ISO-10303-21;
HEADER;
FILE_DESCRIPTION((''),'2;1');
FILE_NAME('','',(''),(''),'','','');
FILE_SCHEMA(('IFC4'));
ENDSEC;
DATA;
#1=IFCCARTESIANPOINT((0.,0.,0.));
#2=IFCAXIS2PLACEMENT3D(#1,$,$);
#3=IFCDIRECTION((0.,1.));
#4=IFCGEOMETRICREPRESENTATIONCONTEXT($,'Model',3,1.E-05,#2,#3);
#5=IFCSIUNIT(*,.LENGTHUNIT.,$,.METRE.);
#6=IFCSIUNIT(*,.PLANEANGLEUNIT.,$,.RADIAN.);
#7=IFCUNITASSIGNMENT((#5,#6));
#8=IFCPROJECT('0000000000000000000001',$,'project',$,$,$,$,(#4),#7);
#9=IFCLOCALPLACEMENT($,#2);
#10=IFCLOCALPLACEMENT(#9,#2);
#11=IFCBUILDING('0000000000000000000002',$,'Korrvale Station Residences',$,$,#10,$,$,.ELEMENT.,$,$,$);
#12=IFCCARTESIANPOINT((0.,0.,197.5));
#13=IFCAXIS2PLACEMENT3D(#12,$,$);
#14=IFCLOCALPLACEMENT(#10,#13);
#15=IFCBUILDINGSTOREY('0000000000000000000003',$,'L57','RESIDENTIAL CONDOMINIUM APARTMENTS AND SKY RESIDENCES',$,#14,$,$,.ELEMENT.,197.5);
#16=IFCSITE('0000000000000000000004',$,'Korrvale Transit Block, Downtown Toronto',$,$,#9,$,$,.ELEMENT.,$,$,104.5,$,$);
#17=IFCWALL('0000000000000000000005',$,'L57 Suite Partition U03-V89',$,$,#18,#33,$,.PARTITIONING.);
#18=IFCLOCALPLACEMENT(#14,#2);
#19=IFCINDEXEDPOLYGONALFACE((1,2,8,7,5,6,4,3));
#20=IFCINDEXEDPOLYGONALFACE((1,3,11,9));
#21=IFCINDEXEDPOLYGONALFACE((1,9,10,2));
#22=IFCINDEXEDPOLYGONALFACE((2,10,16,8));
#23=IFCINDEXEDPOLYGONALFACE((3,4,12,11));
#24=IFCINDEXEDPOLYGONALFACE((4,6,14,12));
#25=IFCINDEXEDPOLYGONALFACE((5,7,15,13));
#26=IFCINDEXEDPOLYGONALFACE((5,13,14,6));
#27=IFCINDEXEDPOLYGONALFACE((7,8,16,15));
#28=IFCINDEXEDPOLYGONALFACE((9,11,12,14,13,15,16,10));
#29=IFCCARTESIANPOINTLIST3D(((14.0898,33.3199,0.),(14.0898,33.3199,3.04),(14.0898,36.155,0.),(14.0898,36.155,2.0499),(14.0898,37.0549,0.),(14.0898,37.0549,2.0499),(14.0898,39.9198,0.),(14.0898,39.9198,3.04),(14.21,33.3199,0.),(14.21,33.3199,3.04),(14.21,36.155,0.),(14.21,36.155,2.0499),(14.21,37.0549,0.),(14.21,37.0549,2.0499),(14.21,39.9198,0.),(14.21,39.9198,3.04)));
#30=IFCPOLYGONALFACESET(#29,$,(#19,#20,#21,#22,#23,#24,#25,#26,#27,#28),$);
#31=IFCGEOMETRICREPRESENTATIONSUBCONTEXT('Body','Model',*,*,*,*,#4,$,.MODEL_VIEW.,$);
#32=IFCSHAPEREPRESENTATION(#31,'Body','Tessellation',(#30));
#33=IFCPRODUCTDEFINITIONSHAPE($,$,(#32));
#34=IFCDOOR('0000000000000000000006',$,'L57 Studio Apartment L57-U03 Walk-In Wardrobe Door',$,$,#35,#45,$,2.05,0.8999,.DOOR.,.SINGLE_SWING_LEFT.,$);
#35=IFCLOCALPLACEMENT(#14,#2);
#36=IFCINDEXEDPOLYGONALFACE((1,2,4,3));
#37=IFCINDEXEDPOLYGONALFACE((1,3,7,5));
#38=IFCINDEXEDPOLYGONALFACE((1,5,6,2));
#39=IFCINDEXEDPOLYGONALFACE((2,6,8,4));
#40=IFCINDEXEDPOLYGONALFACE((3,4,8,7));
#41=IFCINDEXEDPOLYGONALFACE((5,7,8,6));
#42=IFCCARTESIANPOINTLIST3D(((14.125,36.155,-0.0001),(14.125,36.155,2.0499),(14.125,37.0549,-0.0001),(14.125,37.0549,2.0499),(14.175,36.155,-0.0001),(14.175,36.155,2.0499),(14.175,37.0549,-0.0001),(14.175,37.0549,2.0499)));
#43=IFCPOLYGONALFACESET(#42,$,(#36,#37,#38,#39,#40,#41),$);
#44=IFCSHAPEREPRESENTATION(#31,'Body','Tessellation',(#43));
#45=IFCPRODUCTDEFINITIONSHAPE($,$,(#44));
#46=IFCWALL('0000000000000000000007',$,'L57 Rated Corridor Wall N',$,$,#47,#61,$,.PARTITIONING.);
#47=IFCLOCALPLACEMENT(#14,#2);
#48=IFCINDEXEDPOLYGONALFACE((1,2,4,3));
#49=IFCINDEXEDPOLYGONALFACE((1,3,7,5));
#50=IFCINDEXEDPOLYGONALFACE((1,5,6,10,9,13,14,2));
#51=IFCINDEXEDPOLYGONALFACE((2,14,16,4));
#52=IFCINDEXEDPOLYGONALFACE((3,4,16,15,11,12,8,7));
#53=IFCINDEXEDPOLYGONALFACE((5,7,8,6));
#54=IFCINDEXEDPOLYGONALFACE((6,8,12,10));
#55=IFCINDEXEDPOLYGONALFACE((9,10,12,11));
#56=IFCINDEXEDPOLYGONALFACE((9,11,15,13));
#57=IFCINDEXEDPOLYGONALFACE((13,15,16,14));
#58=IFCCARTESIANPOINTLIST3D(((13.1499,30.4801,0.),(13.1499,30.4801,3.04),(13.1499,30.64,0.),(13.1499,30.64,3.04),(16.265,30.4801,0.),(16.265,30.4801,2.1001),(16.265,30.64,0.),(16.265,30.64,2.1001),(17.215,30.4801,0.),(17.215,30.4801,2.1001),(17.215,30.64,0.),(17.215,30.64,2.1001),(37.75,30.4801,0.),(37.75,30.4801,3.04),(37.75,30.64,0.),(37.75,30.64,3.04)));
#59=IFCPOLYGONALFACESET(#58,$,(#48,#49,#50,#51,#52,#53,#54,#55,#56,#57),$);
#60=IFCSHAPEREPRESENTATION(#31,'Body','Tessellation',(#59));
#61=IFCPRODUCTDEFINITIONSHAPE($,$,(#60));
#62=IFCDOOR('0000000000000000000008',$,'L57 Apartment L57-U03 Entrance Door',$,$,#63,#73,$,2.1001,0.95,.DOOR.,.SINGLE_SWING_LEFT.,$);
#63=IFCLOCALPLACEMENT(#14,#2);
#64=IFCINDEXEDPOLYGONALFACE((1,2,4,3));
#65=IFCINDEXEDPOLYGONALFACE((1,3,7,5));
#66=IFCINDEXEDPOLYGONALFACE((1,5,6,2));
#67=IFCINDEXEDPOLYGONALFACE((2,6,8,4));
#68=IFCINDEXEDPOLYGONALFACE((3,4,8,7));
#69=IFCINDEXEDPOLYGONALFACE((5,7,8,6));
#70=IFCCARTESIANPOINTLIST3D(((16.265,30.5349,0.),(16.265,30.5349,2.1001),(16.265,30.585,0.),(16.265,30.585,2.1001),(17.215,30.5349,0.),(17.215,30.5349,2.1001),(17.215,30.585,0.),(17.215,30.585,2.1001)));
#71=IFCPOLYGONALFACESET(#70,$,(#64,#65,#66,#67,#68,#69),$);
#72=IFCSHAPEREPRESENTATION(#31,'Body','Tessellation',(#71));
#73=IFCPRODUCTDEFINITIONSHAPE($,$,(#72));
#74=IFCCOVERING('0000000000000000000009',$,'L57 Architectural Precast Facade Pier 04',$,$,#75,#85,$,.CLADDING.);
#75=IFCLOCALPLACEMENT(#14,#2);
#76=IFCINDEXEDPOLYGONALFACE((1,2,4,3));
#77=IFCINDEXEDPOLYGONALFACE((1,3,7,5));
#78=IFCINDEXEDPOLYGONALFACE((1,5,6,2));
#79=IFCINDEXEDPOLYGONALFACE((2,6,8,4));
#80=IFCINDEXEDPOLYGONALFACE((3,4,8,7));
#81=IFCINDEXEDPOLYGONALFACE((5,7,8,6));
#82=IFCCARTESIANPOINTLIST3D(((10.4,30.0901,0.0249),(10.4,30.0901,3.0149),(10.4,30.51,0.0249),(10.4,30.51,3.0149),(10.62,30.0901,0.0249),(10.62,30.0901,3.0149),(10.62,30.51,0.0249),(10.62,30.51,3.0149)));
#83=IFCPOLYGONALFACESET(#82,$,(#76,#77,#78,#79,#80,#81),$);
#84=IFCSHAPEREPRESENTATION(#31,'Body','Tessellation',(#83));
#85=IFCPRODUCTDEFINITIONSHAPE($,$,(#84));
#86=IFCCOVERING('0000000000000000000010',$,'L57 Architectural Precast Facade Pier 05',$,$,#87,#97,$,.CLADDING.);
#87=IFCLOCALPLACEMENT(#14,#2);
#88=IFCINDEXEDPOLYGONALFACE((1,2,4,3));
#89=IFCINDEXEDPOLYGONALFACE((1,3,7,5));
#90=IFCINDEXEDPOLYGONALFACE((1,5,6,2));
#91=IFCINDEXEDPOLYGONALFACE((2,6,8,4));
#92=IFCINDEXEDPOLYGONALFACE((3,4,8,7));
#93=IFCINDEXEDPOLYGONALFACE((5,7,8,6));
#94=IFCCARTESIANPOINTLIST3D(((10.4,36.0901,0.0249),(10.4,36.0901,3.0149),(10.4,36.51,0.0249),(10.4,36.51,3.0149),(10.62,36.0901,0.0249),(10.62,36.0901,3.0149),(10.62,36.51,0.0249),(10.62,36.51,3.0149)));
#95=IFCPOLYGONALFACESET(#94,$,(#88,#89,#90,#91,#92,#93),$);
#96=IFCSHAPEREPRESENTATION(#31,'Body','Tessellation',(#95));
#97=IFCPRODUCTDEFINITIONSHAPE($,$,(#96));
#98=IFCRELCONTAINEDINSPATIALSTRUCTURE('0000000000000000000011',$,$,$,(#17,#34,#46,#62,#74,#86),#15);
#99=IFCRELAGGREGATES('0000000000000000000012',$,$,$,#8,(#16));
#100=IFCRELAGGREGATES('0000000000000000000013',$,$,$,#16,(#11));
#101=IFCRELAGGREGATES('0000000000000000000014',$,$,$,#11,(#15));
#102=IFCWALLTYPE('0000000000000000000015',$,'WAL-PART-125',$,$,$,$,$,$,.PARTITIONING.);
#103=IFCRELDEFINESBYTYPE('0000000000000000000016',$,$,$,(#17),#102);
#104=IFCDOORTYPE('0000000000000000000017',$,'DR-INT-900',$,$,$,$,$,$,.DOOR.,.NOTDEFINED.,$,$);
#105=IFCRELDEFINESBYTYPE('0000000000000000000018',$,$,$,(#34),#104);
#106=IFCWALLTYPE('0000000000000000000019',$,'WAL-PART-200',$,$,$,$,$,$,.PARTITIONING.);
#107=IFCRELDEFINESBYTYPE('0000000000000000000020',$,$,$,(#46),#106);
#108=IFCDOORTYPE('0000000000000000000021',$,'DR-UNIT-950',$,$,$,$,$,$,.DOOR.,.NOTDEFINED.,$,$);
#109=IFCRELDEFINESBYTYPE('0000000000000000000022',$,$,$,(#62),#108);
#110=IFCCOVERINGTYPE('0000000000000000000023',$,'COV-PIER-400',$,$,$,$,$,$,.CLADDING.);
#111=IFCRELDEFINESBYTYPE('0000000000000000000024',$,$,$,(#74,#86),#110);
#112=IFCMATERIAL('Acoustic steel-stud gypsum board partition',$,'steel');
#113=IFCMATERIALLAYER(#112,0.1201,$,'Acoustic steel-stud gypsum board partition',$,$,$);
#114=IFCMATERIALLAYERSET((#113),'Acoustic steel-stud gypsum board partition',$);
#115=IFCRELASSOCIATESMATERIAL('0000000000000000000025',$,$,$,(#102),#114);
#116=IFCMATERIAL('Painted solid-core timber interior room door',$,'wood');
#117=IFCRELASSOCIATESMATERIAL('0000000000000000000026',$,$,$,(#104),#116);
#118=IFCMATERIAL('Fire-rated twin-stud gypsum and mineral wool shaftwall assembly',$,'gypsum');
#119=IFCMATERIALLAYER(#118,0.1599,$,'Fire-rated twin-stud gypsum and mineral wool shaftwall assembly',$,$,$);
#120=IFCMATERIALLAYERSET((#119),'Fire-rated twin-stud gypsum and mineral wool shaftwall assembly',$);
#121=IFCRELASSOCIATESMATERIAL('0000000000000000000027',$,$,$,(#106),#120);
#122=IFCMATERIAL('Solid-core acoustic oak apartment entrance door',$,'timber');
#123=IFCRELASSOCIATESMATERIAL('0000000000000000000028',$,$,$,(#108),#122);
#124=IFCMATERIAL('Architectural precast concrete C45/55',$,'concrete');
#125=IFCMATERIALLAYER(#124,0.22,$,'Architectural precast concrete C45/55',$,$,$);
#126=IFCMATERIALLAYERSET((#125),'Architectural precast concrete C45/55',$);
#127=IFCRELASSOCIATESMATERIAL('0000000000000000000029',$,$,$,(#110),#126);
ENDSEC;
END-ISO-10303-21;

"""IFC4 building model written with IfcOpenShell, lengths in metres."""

from ifc_helpers import new_model, si_unit, direction, frame, frame_2d, origin, origin_2d, place, context, subcontext, project, spatial, rectangle, extrude, material, layer, layer_set, type_object, element, fill, save


model = new_model("IFC4")

# Units and contexts
model_context = context("Model", 3, precision=1e-05, world=origin(), true_north=direction((0.0, 1.0)))
body_context = subcontext(model_context, "Body", "Model", "MODEL_VIEW")
ifc_project = project(units=[si_unit("LENGTHUNIT", "METRE"), si_unit("PLANEANGLEUNIT", "RADIAN")], contexts=[model_context])

# Site, building, storey
site_placement = place(None, origin())
site = spatial("IfcSite", under=ifc_project, at=site_placement, Name="Korrvale Transit Block, Downtown Toronto", CompositionType="ELEMENT", RefElevation=104.5)
building_placement = place(site_placement, origin())
building = spatial("IfcBuilding", under=site, at=building_placement, Name="Korrvale Station Residences", CompositionType="ELEMENT")
storey_placement = place(building_placement, frame((0.0, 0.0, 197.5)))
storey = spatial("IfcBuildingStorey", under=building, at=storey_placement, Name="L57", Description="RESIDENTIAL CONDOMINIUM APARTMENTS AND SKY RESIDENCES", CompositionType="ELEMENT", Elevation=197.5)

# Shared definitions
ifc_material_1 = material(Name="Acoustic steel-stud gypsum board partition", Category="steel")
ifc_layer_1 = layer(ifc_material_1, 0.1201, Name="Acoustic steel-stud gypsum board partition")
ifc_layer_set_1 = layer_set([ifc_layer_1], Name="Acoustic steel-stud gypsum board partition")
wall_type_1 = type_object("IfcWallType", Name="WAL-PART-125", PredefinedType="PARTITIONING", material=ifc_layer_set_1)

# Walls, openings, doors
wall_1_placement = place(storey_placement, frame((14.1499, 33.3201, 0.0), z_axis=(0.0, 0.0, 1.0), x_axis=(0.0, 1.0, 0.0)))
wall_1 = element("IfcWall", 1, at=wall_1_placement, inside=storey, type_object=wall_type_1, Name="L57 Suite Partition U03-V89", PredefinedType="PARTITIONING", context=body_context, shape_type="SweptSolid", body=[
    extrude(rectangle(XDim=6.5999, YDim=0.1201, at=frame_2d((3.2998, 0.0))), origin(), (0.0, 0.0, 1.0), 3.04),
])
opening_1_placement = place(wall_1_placement, frame((2.835, 0.0, 0.0)))
opening_1 = element("IfcOpeningElement", 2, at=opening_1_placement, cuts=wall_1, PredefinedType="OPENING", context=body_context, shape_type="SweptSolid", body=[
    extrude(rectangle(XDim=0.8999, YDim=2.05, at=frame_2d((0.45, 1.0249))), frame((0.0, 0.0701, 0.0), z_axis=(0.0, -1.0, 0.0), x_axis=(1.0, 0.0, 0.0)), (0.0, 0.0, 1.0), 0.1401),
])
ifc_material_2 = material(Name="Painted solid-core timber interior room door", Category="wood")
door_type_1 = type_object("IfcDoorType", Name="DR-INT-900", OperationType="NOTDEFINED", PredefinedType="DOOR", material=ifc_material_2)
door_1_placement = place(opening_1_placement, origin())
door_1 = element("IfcDoor", 3, at=door_1_placement, inside=storey, type_object=door_type_1, Name="L57 Studio Apartment L57-U03 Walk-In Wardrobe Door", OperationType="SINGLE_SWING_LEFT", OverallHeight=2.05, OverallWidth=0.8999, PredefinedType="DOOR", context=body_context, shape_type="SweptSolid", body=[
    extrude(rectangle(XDim=0.8999, YDim=2.05, at=frame_2d((0.45, 1.0249))), frame((0.0, 0.0249, 0.0), z_axis=(0.0, -1.0, 0.0), x_axis=(1.0, 0.0, 0.0)), (0.0, 0.0, 1.0), 0.05),
])
fill(opening_1, door_1)
ifc_material_3 = material(Name="Fire-rated twin-stud gypsum and mineral wool shaftwall assembly", Category="gypsum")
ifc_layer_2 = layer(ifc_material_3, 0.1599, Name="Fire-rated twin-stud gypsum and mineral wool shaftwall assembly")
ifc_layer_set_2 = layer_set([ifc_layer_2], Name="Fire-rated twin-stud gypsum and mineral wool shaftwall assembly")
wall_type_2 = type_object("IfcWallType", Name="WAL-PART-200", PredefinedType="PARTITIONING", material=ifc_layer_set_2)
wall_2_placement = place(storey_placement, frame((13.1499, 30.5601, 0.0), z_axis=(0.0, 0.0, 1.0), x_axis=(1.0, 0.0, 0.0)))
wall_2 = element("IfcWall", 4, at=wall_2_placement, inside=storey, type_object=wall_type_2, Name="L57 Rated Corridor Wall N", PredefinedType="PARTITIONING", context=body_context, shape_type="SweptSolid", body=[
    extrude(rectangle(XDim=24.6001, YDim=0.1599, at=frame_2d((12.3, 0.0))), origin(), (0.0, 0.0, 1.0), 3.04),
])
opening_2_placement = place(wall_2_placement, frame((3.115, 0.0, 0.0)))
opening_2 = element("IfcOpeningElement", 5, at=opening_2_placement, cuts=wall_2, PredefinedType="OPENING", context=body_context, shape_type="SweptSolid", body=[
    extrude(rectangle(XDim=0.95, YDim=2.1001, at=frame_2d((0.4751, 1.05))), frame((0.0, 0.0898, 0.0), z_axis=(0.0, -1.0, 0.0), x_axis=(1.0, 0.0, 0.0)), (0.0, 0.0, 1.0), 0.1799),
])
ifc_material_4 = material(Name="Solid-core acoustic oak apartment entrance door", Category="timber")
door_type_2 = type_object("IfcDoorType", Name="DR-UNIT-950", OperationType="NOTDEFINED", PredefinedType="DOOR", material=ifc_material_4)
door_2_placement = place(opening_2_placement, origin())
door_2 = element("IfcDoor", 6, at=door_2_placement, inside=storey, type_object=door_type_2, Name="L57 Apartment L57-U03 Entrance Door", OperationType="SINGLE_SWING_LEFT", OverallHeight=2.1001, OverallWidth=0.95, PredefinedType="DOOR", context=body_context, shape_type="SweptSolid", body=[
    extrude(rectangle(XDim=0.95, YDim=2.1001, at=frame_2d((0.4751, 1.05))), frame((0.0, 0.0249, 0.0), z_axis=(0.0, -1.0, 0.0), x_axis=(1.0, 0.0, 0.0)), (0.0, 0.0, 1.0), 0.05),
])
fill(opening_2, door_2)

# Coverings
ifc_material_5 = material(Name="Architectural precast concrete C45/55", Category="concrete")
ifc_layer_3 = layer(ifc_material_5, 0.22, Name="Architectural precast concrete C45/55")
ifc_layer_set_3 = layer_set([ifc_layer_3], Name="Architectural precast concrete C45/55")
covering_type = type_object("IfcCoveringType", Name="COV-PIER-400", PredefinedType="CLADDING", material=ifc_layer_set_3)
for number, where, z_axis, x_axis, name in (
    (7, (10.51, 30.3, 0.0249), (0.0, 0.0, 1.0), (0.0, 1.0, 0.0), "L57 Architectural Precast Facade Pier 04"),
    (8, (10.51, 36.3, 0.0249), (0.0, 0.0, 1.0), (0.0, 1.0, 0.0), "L57 Architectural Precast Facade Pier 05"),
):
    element("IfcCovering", number, at=place(storey_placement, frame(where, z_axis=z_axis, x_axis=x_axis)), inside=storey, type_object=covering_type, Name=name, PredefinedType="CLADDING", context=body_context, shape_type="SweptSolid", body=[
        extrude(rectangle(XDim=0.4199, YDim=0.22, at=origin_2d()), origin(), (0.0, 0.0, 1.0), 2.99),
    ])

save(model, "model.ifc")
